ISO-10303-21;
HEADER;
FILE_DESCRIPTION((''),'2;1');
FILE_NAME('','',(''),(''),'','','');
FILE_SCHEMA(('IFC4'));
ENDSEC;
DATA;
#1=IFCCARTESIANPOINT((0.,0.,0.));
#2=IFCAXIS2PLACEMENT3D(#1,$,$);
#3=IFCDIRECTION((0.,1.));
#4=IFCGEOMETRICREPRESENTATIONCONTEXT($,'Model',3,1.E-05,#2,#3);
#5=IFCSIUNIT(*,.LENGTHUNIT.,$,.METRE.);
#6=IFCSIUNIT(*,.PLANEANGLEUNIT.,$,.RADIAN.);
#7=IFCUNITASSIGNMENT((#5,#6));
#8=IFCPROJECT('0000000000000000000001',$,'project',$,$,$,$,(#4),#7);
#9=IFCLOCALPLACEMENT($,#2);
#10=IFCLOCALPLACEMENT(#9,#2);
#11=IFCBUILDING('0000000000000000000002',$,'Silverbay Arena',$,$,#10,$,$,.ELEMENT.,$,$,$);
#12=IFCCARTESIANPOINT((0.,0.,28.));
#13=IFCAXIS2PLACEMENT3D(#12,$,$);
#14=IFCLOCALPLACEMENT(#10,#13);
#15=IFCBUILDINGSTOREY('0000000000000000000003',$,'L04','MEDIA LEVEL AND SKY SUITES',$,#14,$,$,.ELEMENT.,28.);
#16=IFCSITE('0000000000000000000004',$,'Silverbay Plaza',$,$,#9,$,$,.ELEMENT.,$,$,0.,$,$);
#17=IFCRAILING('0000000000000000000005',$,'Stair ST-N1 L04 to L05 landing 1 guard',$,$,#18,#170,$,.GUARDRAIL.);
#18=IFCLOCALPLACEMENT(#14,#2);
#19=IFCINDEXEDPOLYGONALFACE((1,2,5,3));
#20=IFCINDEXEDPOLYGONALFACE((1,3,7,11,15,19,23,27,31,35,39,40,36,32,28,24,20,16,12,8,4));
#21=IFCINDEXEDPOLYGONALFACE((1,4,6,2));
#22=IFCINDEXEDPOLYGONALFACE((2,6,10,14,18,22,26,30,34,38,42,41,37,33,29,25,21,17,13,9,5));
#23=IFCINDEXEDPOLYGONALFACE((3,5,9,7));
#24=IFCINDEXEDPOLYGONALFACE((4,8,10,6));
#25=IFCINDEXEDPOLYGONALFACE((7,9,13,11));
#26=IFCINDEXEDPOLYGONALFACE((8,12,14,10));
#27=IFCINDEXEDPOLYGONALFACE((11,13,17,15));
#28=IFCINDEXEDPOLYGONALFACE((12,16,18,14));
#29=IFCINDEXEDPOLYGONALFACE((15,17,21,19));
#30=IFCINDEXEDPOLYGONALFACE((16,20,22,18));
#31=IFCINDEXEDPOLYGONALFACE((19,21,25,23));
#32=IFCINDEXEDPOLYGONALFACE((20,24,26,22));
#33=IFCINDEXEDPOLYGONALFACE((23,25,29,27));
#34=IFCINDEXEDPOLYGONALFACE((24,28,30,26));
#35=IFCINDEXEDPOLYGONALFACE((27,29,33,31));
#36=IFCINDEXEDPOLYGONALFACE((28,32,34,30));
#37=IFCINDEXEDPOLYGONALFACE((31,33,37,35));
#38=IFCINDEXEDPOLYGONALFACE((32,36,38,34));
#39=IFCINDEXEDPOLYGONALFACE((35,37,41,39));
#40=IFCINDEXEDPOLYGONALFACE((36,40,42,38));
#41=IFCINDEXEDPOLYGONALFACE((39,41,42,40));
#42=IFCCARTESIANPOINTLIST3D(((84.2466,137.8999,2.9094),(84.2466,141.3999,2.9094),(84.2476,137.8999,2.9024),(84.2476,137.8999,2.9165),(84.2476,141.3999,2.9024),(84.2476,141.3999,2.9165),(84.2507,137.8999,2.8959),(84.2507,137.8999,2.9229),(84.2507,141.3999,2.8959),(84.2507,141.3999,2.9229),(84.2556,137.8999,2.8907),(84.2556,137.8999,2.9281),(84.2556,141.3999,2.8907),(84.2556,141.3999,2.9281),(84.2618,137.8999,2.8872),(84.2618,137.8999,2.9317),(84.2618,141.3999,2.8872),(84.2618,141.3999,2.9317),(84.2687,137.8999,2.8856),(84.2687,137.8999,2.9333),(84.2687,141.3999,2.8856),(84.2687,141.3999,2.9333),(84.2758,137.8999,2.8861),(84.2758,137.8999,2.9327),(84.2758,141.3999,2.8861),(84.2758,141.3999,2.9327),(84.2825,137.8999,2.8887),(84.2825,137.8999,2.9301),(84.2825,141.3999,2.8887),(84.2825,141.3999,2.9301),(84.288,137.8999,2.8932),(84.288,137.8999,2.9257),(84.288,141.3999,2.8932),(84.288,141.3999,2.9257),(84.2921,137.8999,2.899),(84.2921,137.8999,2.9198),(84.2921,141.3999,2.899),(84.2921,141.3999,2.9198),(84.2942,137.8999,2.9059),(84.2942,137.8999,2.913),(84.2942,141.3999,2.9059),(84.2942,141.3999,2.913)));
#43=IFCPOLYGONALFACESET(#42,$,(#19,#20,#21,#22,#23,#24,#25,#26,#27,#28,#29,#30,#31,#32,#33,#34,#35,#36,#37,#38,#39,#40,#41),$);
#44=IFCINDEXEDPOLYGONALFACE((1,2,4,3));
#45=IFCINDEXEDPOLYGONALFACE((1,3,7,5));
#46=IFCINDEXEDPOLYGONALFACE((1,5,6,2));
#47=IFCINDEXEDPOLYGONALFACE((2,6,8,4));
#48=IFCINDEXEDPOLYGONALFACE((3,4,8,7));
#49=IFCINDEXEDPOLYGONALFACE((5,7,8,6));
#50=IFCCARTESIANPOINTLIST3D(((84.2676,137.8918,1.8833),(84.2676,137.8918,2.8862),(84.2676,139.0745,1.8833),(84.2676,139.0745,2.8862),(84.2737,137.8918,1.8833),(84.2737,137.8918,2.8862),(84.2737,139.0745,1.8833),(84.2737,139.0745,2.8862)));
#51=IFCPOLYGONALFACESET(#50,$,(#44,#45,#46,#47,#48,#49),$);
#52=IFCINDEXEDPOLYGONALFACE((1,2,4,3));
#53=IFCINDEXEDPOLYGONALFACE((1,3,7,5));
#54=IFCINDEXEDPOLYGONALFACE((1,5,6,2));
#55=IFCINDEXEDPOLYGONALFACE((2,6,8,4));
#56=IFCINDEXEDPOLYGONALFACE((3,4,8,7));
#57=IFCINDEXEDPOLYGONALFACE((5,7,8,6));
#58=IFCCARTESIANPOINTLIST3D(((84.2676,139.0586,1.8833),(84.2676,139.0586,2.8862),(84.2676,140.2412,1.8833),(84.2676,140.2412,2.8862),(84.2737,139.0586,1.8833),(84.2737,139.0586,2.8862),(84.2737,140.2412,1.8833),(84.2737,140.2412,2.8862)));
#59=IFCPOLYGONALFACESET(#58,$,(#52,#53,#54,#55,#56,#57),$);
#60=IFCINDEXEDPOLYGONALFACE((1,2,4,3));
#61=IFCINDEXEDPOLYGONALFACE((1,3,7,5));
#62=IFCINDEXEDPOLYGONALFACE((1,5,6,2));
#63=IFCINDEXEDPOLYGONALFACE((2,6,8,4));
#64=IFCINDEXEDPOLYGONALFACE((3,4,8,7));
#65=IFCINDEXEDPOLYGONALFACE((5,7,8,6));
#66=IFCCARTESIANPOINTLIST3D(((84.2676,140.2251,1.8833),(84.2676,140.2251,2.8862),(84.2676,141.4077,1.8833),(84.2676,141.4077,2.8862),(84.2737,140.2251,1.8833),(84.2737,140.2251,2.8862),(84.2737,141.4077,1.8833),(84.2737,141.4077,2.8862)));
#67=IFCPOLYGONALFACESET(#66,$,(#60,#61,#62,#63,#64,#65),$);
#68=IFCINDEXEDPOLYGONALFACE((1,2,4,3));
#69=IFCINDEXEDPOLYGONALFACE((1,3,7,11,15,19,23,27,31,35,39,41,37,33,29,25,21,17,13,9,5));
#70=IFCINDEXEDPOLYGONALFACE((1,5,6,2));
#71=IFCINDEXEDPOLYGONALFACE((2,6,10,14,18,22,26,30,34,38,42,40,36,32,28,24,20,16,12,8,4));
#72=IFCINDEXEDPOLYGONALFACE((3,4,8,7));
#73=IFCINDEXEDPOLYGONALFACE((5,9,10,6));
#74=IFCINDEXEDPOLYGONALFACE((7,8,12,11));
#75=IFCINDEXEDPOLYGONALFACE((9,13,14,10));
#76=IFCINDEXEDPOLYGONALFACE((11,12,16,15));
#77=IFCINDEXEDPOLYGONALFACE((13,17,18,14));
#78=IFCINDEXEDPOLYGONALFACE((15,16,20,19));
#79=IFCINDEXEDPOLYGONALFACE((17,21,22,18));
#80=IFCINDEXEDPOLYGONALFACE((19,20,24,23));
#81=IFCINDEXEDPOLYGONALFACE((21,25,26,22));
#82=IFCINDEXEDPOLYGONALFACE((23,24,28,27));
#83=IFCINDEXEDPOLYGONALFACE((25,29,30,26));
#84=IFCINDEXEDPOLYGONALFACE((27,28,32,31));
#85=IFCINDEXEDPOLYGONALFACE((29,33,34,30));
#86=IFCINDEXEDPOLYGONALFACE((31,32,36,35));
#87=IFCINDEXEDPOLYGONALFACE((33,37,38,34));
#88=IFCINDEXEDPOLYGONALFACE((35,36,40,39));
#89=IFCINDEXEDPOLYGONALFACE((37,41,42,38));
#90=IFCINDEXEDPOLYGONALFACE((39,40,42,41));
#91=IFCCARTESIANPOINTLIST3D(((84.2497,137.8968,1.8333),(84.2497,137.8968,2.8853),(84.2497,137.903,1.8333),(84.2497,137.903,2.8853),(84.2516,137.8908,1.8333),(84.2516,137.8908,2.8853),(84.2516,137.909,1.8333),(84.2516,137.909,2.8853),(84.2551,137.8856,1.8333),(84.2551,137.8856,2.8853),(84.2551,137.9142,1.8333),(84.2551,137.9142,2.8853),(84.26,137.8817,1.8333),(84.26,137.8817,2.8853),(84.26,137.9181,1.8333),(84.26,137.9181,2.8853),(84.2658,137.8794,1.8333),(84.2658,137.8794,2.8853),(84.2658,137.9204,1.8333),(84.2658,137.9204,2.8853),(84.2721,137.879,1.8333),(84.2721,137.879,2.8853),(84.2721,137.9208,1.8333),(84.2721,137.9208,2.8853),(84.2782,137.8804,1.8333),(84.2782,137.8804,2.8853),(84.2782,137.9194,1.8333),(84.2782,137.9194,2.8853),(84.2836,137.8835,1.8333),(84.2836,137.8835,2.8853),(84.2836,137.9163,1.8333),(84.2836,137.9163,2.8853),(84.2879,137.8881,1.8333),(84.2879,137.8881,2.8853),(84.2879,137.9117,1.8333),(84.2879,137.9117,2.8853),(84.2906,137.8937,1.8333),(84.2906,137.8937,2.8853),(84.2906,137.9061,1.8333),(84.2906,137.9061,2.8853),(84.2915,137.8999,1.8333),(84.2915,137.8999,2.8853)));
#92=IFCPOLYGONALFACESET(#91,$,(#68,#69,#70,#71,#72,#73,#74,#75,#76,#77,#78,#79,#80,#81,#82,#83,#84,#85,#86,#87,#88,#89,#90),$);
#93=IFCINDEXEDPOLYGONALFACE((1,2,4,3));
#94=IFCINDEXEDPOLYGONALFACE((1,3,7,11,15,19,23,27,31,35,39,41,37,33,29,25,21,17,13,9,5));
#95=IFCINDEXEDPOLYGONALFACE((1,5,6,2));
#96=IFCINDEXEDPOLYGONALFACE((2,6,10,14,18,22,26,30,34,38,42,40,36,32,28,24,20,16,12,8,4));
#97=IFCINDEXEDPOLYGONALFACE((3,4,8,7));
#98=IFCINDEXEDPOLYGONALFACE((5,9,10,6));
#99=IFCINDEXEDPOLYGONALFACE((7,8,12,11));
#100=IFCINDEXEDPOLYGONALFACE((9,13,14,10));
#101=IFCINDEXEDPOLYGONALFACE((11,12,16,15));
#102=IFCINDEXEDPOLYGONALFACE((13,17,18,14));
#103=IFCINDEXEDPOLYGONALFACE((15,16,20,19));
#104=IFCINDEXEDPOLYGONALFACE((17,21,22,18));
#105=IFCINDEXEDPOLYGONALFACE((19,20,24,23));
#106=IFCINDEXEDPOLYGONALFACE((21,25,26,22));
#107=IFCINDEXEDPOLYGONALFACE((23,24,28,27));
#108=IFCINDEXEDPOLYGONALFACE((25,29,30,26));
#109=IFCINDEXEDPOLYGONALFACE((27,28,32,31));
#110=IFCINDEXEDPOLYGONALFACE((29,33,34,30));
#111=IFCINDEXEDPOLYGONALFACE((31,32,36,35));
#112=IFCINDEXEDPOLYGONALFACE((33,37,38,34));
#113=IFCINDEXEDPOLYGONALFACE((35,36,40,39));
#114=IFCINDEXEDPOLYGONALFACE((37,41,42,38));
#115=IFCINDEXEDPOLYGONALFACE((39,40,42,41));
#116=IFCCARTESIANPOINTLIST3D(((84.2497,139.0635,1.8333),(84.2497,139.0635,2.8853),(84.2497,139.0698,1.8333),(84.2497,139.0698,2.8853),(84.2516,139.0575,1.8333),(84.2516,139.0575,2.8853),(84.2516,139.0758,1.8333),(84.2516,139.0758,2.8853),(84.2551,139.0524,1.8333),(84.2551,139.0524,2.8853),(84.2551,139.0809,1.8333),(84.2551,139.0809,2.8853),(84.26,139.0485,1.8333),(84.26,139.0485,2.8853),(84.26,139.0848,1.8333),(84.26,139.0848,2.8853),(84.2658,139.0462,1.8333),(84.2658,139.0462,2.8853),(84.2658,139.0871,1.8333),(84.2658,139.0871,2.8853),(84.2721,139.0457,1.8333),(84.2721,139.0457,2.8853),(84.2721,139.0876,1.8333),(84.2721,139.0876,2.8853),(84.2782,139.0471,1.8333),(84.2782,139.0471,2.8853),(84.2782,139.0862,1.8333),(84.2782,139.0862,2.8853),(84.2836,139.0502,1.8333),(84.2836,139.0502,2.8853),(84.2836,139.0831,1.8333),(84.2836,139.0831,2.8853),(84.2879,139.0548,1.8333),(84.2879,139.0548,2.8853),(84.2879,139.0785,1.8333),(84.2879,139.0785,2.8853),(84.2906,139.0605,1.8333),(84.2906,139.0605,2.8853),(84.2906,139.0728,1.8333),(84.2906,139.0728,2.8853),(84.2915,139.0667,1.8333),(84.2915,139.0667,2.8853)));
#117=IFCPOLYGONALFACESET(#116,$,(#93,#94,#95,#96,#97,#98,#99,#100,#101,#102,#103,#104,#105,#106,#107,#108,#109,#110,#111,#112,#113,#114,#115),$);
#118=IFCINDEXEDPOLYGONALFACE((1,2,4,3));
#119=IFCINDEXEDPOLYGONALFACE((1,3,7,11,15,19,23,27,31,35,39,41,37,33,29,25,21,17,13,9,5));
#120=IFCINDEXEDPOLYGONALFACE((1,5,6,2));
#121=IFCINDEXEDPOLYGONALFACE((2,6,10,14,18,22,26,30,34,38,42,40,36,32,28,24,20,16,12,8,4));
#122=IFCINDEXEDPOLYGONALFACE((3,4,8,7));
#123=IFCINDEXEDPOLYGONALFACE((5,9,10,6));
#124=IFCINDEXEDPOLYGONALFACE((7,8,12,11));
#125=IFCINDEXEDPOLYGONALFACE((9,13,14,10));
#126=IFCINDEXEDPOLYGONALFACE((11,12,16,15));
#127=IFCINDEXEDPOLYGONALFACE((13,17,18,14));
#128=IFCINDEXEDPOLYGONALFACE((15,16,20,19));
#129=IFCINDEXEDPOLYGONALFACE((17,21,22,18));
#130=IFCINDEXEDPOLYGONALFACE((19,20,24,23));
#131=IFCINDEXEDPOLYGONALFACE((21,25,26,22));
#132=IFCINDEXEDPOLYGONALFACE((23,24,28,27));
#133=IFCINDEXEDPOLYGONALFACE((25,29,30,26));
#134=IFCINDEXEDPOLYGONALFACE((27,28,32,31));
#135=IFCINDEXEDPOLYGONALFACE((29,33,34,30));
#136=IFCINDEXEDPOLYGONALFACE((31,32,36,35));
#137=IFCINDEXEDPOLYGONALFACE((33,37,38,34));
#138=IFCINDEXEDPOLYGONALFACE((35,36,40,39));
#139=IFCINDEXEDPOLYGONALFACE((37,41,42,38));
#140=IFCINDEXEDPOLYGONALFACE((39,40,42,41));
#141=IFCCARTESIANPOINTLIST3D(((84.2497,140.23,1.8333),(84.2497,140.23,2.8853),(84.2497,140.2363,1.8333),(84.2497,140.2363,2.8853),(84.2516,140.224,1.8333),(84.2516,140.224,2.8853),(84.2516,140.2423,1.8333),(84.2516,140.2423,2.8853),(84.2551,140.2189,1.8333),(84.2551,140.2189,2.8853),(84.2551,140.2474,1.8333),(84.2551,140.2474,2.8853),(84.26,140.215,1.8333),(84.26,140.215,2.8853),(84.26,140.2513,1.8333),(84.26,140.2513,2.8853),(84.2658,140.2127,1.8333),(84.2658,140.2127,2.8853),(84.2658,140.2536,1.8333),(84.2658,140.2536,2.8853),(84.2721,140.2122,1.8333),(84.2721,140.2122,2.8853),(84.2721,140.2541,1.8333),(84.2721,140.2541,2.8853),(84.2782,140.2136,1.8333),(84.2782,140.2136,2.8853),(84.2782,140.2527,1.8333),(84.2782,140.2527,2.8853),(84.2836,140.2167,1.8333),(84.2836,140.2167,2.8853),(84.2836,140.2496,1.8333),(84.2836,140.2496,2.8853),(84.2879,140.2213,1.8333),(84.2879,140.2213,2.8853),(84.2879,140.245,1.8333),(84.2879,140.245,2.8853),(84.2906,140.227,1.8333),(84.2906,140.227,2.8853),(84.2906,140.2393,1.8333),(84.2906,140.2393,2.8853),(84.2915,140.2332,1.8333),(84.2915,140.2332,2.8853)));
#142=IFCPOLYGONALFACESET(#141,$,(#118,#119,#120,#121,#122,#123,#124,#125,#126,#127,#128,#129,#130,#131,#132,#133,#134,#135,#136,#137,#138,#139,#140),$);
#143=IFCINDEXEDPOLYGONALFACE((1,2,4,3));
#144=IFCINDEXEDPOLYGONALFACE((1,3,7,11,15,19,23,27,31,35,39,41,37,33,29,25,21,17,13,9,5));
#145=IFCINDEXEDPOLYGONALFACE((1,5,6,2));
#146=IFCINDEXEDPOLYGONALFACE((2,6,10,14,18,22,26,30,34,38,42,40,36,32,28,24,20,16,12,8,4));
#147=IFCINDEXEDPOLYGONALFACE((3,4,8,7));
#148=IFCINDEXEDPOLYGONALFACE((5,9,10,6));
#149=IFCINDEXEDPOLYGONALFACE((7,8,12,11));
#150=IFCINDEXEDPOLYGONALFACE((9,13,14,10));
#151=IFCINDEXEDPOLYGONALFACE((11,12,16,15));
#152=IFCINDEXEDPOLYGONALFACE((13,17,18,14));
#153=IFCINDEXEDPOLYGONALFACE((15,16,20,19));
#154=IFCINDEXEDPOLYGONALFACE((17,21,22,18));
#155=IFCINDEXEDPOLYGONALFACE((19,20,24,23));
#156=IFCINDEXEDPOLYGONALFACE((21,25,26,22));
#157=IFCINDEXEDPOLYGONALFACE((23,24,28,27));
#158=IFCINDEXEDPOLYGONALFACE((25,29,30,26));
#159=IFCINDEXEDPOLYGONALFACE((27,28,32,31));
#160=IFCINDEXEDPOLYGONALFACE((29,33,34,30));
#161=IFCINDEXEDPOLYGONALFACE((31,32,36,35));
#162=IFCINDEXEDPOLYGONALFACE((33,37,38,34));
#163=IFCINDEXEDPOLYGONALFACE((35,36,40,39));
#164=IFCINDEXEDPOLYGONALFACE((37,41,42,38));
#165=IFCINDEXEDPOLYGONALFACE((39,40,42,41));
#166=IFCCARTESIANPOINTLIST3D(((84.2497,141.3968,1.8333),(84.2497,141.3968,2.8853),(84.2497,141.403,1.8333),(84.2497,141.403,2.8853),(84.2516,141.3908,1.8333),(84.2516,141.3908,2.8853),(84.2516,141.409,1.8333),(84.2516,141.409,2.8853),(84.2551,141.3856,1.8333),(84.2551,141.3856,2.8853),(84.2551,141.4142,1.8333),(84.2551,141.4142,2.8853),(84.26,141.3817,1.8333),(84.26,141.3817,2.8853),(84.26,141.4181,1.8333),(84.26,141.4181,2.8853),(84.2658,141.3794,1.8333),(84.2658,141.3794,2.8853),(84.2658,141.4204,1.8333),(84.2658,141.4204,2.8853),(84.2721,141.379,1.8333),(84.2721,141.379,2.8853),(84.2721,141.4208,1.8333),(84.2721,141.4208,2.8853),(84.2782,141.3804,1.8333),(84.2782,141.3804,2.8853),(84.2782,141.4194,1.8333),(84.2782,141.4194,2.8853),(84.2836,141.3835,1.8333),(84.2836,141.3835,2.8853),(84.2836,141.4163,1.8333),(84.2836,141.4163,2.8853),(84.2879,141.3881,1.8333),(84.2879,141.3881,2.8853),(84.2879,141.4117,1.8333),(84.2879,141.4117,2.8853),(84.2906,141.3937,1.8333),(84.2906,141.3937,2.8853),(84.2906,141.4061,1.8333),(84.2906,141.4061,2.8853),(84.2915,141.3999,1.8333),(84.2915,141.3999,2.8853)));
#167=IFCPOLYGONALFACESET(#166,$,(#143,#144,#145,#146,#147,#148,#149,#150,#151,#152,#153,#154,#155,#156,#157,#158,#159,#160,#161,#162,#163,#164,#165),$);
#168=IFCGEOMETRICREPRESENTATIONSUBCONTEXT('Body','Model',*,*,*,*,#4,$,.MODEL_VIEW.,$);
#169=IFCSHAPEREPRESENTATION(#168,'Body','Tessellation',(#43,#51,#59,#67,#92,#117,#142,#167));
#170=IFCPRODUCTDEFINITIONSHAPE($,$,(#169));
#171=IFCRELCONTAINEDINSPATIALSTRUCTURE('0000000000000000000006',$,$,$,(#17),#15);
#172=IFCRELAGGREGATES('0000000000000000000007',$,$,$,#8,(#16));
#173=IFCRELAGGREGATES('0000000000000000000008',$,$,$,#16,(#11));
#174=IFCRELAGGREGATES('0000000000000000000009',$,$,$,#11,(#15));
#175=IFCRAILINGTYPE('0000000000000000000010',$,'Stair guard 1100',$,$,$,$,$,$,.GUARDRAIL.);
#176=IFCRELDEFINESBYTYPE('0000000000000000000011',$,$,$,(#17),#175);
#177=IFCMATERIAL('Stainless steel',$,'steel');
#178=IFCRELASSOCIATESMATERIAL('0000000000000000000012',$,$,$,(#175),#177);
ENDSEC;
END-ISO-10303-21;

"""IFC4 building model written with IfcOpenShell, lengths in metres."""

from ifc_helpers import new_model, si_unit, direction, frame, origin, origin_2d, place, context, subcontext, project, spatial, polyline, circle, outline, extrude, material, type_object, element, save


model = new_model("IFC4")

# Units and contexts
model_context = context("Model", 3, precision=1e-05, world=origin(), true_north=direction((0.0, 1.0)))
body_context = subcontext(model_context, "Body", "Model", "MODEL_VIEW")
ifc_project = project(units=[si_unit("LENGTHUNIT", "METRE"), si_unit("PLANEANGLEUNIT", "RADIAN")], contexts=[model_context])

# Site, building, storey
site_placement = place(None, origin())
site = spatial("IfcSite", under=ifc_project, at=site_placement, Name="Silverbay Plaza", CompositionType="ELEMENT", RefElevation=0.0)
building_placement = place(site_placement, origin())
building = spatial("IfcBuilding", under=site, at=building_placement, Name="Silverbay Arena", CompositionType="ELEMENT")
storey_placement = place(building_placement, frame((0.0, 0.0, 28.0)))
storey = spatial("IfcBuildingStorey", under=building, at=storey_placement, Name="L04", Description="MEDIA LEVEL AND SKY SUITES", CompositionType="ELEMENT", Elevation=28.0)

# Railing
ifc_material_1 = material(Name="Stainless steel", Category="steel")
railing_type_1 = type_object("IfcRailingType", Name="Stair guard 1100", PredefinedType="GUARDRAIL", material=ifc_material_1)
for number, where, name in (
    (1, (84.2705, 137.8999, 1.8333), "Stair ST-N1 L04 to L05 landing 1 guard"),
):
    element("IfcRailing", number, at=place(storey_placement, frame(where)), inside=storey, type_object=railing_type_1, Name=name, PredefinedType="GUARDRAIL", context=body_context, shape_type="SweptSolid", body=[
        extrude(circle(Radius=0.0239, at=origin_2d()), frame((0.0, 0.0, 1.0762), z_axis=(0.0, 1.0, 0.0), x_axis=(-1.0, 0.0, 0.0)), (0.0, 0.0, 1.0), 3.5),
        extrude(outline(polyline([(-0.0081, 0.05), (1.1746, 0.05), (1.1746, 1.053), (-0.0081, 1.053), (-0.0081, 0.05)])), frame((-0.0029, 0.0, 0.0), z_axis=(1.0, 0.0, 0.0), x_axis=(0.0, 1.0, 0.0)), (0.0, 0.0, 1.0), 0.0061),
        extrude(outline(polyline([(-0.0081, 0.05), (1.1746, 0.05), (1.1746, 1.053), (-0.0081, 1.053), (-0.0081, 0.05)])), frame((-0.0029, 1.1667, 0.0), z_axis=(1.0, 0.0, 0.0), x_axis=(0.0, 1.0, 0.0)), (0.0, 0.0, 1.0), 0.0061),
        extrude(outline(polyline([(-0.0081, 0.05), (1.1746, 0.05), (1.1746, 1.053), (-0.0081, 1.053), (-0.0081, 0.05)])), frame((-0.0029, 2.3333, 0.0), z_axis=(1.0, 0.0, 0.0), x_axis=(0.0, 1.0, 0.0)), (0.0, 0.0, 1.0), 0.0061),
        extrude(circle(Radius=0.021, at=origin_2d()), origin(), (0.0, 0.0, 1.0), 1.052),
        extrude(circle(Radius=0.021, at=origin_2d()), frame((0.0, 1.1667, 0.0)), (0.0, 0.0, 1.0), 1.052),
        extrude(circle(Radius=0.021, at=origin_2d()), frame((0.0, 2.3333, 0.0)), (0.0, 0.0, 1.0), 1.052),
        extrude(circle(Radius=0.021, at=origin_2d()), frame((0.0, 3.5, 0.0)), (0.0, 0.0, 1.0), 1.052),
    ])

save(model, "model.ifc")
